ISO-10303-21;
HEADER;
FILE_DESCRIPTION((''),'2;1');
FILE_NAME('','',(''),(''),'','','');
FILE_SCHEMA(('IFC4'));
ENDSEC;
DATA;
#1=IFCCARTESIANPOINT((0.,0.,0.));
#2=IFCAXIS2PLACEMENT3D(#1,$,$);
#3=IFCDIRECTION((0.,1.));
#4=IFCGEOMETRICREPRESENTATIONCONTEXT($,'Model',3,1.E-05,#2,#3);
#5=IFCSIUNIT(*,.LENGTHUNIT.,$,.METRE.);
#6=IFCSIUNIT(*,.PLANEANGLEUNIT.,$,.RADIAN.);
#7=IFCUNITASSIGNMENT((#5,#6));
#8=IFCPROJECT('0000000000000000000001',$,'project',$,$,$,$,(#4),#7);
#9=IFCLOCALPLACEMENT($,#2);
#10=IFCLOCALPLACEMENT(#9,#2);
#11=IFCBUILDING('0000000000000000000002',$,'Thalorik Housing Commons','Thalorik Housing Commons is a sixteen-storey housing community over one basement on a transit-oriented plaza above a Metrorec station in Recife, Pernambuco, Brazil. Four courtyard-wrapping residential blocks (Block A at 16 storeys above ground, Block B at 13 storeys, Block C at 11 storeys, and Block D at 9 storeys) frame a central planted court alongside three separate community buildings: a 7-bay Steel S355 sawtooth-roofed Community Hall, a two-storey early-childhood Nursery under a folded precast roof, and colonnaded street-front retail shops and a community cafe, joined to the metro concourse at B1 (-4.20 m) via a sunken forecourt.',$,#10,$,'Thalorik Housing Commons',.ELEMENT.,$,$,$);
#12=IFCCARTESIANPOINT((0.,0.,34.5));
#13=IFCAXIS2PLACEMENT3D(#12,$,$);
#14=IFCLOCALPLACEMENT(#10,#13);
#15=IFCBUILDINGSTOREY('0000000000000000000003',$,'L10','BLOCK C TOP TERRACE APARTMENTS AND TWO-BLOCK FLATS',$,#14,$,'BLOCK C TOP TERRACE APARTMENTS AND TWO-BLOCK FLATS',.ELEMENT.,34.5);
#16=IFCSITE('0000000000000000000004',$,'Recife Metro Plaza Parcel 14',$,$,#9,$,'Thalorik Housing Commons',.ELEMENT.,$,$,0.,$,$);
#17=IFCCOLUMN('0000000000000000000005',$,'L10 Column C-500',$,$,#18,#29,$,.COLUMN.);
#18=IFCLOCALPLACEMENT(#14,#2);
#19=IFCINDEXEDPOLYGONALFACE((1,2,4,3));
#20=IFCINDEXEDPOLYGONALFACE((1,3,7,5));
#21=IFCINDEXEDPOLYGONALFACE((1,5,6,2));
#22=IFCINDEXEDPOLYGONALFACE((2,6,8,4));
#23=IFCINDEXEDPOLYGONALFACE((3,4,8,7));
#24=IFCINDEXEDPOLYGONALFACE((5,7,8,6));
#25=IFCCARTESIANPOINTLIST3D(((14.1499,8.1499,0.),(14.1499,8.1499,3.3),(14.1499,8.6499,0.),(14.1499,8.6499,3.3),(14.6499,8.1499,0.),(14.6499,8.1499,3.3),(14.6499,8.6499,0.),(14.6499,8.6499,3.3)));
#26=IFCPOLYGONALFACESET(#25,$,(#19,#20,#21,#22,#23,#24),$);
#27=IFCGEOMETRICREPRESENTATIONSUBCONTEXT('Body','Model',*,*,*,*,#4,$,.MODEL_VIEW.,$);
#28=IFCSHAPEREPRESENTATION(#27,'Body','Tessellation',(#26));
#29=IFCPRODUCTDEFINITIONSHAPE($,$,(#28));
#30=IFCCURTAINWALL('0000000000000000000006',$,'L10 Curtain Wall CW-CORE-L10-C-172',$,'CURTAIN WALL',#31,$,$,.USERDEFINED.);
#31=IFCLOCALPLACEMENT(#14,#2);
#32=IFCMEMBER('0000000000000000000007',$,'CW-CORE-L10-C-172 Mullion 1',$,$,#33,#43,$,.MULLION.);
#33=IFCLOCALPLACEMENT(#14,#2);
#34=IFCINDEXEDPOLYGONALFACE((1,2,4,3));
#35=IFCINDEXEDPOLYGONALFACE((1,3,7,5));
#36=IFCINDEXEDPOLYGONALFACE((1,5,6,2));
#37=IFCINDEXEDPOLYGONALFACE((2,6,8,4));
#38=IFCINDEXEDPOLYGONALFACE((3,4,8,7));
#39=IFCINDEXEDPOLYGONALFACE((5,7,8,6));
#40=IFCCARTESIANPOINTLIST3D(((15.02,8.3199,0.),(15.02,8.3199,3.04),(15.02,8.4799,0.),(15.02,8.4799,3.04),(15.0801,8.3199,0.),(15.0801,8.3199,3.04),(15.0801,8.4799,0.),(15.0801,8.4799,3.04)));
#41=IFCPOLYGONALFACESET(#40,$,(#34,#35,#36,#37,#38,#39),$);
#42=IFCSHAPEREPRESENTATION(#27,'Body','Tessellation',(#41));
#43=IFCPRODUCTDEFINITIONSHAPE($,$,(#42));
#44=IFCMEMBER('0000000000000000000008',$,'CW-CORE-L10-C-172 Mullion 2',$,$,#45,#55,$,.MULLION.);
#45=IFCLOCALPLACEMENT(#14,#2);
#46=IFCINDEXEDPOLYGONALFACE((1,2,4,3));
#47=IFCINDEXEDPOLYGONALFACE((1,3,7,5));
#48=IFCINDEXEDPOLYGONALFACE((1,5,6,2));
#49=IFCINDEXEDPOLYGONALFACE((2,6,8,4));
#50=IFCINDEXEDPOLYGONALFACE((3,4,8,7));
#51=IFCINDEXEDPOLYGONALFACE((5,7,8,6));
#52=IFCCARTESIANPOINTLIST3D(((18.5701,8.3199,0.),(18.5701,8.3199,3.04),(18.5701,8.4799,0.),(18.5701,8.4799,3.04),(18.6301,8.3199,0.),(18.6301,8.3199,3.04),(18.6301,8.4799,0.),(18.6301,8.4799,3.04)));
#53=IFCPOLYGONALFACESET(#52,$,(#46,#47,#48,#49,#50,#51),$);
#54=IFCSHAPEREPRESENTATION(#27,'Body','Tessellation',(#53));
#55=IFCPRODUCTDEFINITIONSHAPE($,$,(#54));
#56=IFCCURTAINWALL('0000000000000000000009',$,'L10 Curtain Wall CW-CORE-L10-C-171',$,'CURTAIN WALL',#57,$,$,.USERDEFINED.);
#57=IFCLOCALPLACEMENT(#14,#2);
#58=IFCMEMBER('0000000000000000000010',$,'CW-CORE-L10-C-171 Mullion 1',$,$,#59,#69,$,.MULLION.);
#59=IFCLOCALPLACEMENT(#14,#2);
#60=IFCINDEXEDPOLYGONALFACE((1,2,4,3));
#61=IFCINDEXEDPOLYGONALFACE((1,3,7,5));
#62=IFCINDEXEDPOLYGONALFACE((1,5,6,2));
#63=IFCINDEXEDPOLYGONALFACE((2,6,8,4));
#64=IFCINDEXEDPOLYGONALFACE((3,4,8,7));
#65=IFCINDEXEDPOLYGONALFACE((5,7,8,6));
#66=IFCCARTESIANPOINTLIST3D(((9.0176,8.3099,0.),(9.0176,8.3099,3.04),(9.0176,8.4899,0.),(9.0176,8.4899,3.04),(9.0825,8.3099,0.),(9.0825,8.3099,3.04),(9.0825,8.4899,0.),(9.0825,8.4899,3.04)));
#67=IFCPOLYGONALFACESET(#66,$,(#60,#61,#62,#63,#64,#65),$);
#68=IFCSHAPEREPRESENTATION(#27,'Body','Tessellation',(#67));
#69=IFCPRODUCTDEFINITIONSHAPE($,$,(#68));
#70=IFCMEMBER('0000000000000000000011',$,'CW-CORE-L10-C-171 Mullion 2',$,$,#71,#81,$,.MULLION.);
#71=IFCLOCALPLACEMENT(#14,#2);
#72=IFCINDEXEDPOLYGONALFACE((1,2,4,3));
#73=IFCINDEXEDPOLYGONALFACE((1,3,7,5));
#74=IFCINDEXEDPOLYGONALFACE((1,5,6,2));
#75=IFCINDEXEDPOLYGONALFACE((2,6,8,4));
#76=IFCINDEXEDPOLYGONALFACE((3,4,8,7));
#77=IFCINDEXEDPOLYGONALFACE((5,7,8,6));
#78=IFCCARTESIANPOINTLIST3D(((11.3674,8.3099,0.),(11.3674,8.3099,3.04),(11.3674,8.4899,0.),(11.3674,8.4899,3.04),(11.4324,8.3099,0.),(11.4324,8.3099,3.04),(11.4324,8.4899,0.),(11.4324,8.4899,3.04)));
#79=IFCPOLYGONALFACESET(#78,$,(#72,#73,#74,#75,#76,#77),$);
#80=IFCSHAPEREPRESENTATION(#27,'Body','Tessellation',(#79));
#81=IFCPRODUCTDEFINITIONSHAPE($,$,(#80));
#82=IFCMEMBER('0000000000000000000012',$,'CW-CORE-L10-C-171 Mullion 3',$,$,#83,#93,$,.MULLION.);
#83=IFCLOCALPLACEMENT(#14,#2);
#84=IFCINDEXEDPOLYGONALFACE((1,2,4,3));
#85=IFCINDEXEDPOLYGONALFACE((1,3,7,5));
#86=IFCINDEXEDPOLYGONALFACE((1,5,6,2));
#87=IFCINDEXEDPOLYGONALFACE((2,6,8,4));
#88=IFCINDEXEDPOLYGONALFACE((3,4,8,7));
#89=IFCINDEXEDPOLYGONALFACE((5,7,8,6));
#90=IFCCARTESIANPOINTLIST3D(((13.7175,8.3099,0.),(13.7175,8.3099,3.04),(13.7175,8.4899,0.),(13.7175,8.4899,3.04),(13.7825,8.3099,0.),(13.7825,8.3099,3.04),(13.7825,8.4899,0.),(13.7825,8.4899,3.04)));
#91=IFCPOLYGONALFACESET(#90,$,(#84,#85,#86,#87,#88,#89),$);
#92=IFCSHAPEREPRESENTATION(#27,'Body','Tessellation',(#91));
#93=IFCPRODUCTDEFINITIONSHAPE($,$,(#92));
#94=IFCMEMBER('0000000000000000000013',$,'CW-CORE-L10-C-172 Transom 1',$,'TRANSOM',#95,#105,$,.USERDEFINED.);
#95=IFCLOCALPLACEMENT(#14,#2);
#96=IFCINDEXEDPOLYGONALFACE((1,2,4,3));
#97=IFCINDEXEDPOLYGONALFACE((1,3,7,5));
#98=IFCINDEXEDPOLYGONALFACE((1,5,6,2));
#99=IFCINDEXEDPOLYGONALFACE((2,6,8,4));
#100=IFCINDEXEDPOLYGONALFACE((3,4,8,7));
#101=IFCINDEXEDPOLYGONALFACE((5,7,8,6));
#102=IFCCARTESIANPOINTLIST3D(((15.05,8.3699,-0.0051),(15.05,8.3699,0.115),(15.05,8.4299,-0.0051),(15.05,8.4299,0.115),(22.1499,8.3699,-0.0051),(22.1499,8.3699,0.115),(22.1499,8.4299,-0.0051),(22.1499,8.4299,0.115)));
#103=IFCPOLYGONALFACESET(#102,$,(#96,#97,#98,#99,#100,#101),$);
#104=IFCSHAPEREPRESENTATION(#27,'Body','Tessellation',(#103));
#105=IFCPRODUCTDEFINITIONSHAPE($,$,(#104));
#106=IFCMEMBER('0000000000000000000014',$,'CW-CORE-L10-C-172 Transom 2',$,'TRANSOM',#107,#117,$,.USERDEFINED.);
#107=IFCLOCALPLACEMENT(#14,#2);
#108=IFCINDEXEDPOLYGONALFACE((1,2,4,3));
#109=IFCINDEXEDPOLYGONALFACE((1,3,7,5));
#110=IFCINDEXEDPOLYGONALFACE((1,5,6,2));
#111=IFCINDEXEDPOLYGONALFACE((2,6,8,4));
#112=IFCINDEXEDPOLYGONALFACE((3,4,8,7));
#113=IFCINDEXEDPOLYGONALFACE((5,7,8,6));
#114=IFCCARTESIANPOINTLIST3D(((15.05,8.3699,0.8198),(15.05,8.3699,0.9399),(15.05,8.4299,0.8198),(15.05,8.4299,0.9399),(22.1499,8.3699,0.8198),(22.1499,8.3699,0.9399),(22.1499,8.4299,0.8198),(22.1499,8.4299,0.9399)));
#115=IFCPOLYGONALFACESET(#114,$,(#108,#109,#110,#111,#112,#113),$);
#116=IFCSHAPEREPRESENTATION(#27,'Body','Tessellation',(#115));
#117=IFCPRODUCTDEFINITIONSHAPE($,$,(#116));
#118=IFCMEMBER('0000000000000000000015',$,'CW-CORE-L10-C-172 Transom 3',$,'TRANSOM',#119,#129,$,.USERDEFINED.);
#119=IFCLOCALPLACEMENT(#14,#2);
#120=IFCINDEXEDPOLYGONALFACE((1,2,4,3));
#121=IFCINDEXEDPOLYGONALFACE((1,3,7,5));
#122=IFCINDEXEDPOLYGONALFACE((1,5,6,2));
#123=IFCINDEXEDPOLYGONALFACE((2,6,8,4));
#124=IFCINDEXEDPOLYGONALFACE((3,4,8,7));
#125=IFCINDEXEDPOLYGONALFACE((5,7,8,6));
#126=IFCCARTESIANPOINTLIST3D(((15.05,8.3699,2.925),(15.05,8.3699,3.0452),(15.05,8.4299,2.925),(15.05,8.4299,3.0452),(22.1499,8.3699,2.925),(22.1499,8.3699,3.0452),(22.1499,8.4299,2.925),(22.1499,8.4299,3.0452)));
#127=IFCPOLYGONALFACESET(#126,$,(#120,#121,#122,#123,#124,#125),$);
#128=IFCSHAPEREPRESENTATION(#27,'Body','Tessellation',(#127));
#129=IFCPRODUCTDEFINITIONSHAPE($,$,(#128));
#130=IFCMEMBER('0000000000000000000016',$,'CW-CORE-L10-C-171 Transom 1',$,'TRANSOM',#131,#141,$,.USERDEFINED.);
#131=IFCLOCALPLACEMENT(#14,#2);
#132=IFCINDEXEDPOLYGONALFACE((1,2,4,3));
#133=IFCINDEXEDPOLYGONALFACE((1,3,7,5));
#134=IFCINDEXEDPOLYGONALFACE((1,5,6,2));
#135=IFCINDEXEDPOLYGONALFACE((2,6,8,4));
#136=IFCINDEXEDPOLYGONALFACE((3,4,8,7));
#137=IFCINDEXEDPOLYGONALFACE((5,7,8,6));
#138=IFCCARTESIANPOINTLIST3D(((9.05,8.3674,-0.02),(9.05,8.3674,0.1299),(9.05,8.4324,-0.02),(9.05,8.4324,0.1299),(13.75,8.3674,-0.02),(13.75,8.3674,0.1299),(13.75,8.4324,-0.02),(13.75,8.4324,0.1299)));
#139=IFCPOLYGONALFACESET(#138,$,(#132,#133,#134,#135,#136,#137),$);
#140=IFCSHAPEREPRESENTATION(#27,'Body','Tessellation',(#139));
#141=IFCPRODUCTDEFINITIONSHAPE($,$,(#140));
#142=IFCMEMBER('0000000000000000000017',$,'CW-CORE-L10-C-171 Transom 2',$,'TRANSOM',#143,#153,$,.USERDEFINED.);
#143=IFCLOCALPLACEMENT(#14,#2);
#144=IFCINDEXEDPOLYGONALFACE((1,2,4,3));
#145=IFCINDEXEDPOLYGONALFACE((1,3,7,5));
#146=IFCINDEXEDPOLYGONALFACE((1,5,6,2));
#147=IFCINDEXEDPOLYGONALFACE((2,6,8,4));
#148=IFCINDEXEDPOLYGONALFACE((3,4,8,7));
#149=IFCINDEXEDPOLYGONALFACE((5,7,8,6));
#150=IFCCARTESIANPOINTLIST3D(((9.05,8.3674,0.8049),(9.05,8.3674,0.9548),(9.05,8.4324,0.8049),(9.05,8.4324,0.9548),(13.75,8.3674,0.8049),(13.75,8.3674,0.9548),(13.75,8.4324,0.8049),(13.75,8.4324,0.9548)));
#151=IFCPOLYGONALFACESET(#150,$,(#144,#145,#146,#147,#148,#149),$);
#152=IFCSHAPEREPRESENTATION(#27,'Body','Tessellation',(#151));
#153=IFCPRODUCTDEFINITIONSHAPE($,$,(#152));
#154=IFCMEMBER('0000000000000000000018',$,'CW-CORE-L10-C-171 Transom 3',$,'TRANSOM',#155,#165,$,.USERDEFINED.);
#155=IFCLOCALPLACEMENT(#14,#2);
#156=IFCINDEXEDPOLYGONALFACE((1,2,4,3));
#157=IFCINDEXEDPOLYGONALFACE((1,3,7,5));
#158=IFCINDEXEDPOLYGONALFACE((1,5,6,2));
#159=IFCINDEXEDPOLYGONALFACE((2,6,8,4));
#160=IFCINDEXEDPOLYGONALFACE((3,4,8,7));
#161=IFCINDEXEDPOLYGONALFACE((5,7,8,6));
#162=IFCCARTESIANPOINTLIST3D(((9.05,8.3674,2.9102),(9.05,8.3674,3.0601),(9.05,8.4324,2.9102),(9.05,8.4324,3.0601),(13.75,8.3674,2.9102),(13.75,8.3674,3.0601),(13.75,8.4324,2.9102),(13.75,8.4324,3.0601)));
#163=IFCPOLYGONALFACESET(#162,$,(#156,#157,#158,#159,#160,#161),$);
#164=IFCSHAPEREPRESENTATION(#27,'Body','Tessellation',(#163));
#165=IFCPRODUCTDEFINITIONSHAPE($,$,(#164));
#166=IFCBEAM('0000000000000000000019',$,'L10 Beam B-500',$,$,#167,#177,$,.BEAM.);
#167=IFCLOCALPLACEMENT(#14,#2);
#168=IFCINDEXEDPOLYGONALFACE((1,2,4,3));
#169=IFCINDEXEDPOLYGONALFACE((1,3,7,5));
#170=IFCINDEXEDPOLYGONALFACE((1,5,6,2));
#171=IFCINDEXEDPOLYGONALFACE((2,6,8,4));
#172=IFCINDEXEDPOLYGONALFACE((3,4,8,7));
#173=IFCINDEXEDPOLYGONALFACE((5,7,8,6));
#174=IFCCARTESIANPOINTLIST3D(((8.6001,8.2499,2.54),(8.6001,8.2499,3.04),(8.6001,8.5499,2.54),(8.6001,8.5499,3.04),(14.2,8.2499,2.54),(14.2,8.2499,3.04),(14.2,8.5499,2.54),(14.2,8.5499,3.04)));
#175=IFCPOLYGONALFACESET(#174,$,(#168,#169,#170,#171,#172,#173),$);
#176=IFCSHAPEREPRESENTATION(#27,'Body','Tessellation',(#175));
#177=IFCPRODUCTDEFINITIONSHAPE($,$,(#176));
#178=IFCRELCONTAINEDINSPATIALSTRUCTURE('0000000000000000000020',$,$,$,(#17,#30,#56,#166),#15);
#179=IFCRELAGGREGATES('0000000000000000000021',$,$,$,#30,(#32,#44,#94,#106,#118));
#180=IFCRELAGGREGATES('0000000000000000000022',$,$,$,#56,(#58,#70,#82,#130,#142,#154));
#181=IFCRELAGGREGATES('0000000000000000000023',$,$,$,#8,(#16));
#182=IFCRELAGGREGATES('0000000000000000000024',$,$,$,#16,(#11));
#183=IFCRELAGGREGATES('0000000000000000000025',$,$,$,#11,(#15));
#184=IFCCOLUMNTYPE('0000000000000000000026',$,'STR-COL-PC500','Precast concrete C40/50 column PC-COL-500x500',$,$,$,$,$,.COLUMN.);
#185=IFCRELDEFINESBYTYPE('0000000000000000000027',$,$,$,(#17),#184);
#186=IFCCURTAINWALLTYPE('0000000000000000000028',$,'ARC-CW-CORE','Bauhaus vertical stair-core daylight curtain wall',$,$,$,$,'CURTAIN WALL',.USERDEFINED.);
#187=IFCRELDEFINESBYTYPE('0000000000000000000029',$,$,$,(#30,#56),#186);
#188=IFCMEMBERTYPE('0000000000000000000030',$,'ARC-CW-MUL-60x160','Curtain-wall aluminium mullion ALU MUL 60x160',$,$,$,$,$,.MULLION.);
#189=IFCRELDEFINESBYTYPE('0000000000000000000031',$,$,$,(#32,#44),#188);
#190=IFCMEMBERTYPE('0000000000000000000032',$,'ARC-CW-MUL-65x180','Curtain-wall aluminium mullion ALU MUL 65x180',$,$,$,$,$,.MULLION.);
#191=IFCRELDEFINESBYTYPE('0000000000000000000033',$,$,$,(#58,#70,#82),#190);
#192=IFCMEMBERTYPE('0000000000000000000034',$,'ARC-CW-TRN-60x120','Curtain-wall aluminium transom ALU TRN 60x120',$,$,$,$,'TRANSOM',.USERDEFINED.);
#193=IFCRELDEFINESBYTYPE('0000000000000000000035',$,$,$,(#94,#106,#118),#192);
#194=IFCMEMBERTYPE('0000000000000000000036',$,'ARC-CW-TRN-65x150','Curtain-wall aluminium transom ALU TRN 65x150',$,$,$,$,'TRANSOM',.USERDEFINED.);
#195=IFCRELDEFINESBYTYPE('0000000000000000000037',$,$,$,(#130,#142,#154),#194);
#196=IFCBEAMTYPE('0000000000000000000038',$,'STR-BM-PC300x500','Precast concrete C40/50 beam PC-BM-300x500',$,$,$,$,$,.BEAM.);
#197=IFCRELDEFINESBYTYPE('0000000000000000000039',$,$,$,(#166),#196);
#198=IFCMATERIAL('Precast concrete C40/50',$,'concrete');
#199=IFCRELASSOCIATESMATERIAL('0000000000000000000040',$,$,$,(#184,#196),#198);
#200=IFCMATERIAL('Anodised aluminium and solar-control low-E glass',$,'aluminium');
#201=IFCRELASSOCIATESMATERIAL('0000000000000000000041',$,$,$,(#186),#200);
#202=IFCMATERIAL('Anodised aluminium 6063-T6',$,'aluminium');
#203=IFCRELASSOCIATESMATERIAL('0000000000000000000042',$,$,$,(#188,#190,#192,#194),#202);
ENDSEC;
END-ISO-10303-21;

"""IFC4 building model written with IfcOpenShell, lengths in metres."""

from ifc_helpers import new_model, si_unit, direction, frame, origin, origin_2d, place, context, subcontext, project, spatial, rectangle, extrude, material, material_profile, profile_set, type_object, element, aggregate, save


model = new_model("IFC4")

# Units and contexts
model_context = context("Model", 3, precision=1e-05, world=origin(), true_north=direction((0.0, 1.0)))
body_context = subcontext(model_context, "Body", "Model", "MODEL_VIEW")
ifc_project = project(units=[si_unit("LENGTHUNIT", "METRE"), si_unit("PLANEANGLEUNIT", "RADIAN")], contexts=[model_context])

# Site, building, storey
site_placement = place(None, origin())
site = spatial("IfcSite", under=ifc_project, at=site_placement, Name="Recife Metro Plaza Parcel 14", LongName="Thalorik Housing Commons", CompositionType="ELEMENT", RefElevation=0.0)
building_placement = place(site_placement, origin())
building = spatial("IfcBuilding", under=site, at=building_placement, Name="Thalorik Housing Commons", Description="Thalorik Housing Commons is a sixteen-storey housing community over one basement on a transit-oriented plaza above a Metrorec station in Recife, Pernambuco, Brazil. Four courtyard-wrapping residential blocks (Block A at 16 storeys above ground, Block B at 13 storeys, Block C at 11 storeys, and Block D at 9 storeys) frame a central planted court alongside three separate community buildings: a 7-bay Steel S355 sawtooth-roofed Community Hall, a two-storey early-childhood Nursery under a folded precast roof, and colonnaded street-front retail shops and a community cafe, joined to the metro concourse at B1 (-4.20 m) via a sunken forecourt.", LongName="Thalorik Housing Commons", CompositionType="ELEMENT")
storey_placement = place(building_placement, frame((0.0, 0.0, 34.5)))
storey = spatial("IfcBuildingStorey", under=building, at=storey_placement, Name="L10", Description="BLOCK C TOP TERRACE APARTMENTS AND TWO-BLOCK FLATS", LongName="BLOCK C TOP TERRACE APARTMENTS AND TWO-BLOCK FLATS", CompositionType="ELEMENT", Elevation=34.5)

# Column
ifc_material_1 = material(Name="Precast concrete C40/50", Category="concrete")
ifc_material_profile_1 = material_profile(ifc_material_1, rectangle(XDim=0.5, YDim=0.5, at=origin_2d()), Name="PC 500x500", Category="concrete")
ifc_profile_set_1 = profile_set([ifc_material_profile_1], Name="Precast concrete C40/50")
column_type = type_object("IfcColumnType", Name="STR-COL-PC500", Description="Precast concrete C40/50 column PC-COL-500x500", PredefinedType="COLUMN", material=ifc_profile_set_1)
column_placement = place(storey_placement, frame((14.3999, 8.3999, 0.0), z_axis=(0.0, 0.0, 1.0), x_axis=(1.0, 0.0, 0.0)))
element("IfcColumn", 1, at=column_placement, inside=storey, type_object=column_type, Name="L10 Column C-500", PredefinedType="COLUMN", context=body_context, shape_type="SweptSolid", body=[
    extrude(rectangle(XDim=0.5, YDim=0.5, at=origin_2d()), origin(), (0.0, 0.0, 1.0), 3.3),
])

# Curtain walls, members
ifc_material_2 = material(Name="Anodised aluminium and solar-control low-E glass", Category="aluminium")
curtain_wall_type = type_object("IfcCurtainWallType", Name="ARC-CW-CORE", Description="Bauhaus vertical stair-core daylight curtain wall", ElementType="CURTAIN WALL", PredefinedType="USERDEFINED", material=ifc_material_2)
curtain_wall_1_placement = place(storey_placement, origin())
curtain_wall_1 = element("IfcCurtainWall", 2, at=curtain_wall_1_placement, inside=storey, type_object=curtain_wall_type, Name="L10 Curtain Wall CW-CORE-L10-C-172", ObjectType="CURTAIN WALL", PredefinedType="USERDEFINED")
ifc_material_3 = material(Name="Anodised aluminium 6063-T6", Category="aluminium")
ifc_material_profile_2 = material_profile(ifc_material_3, rectangle(XDim=0.0601, YDim=0.1599, at=origin_2d()), Name="ALU MUL 60x160", Category="aluminium")
ifc_profile_set_2 = profile_set([ifc_material_profile_2], Name="Anodised aluminium 6063-T6")
member_type_1 = type_object("IfcMemberType", Name="ARC-CW-MUL-60x160", Description="Curtain-wall aluminium mullion ALU MUL 60x160", PredefinedType="MULLION", material=ifc_profile_set_2)
member_1_placement = place(storey_placement, frame((15.05, 8.3999, 0.0), z_axis=(0.0, 0.0, 1.0), x_axis=(1.0, 0.0, 0.0)))
member_1 = element("IfcMember", 3, at=member_1_placement, type_object=member_type_1, Name="CW-CORE-L10-C-172 Mullion 1", PredefinedType="MULLION", context=body_context, shape_type="SweptSolid", body=[
    extrude(rectangle(XDim=0.0601, YDim=0.1599, at=origin_2d()), origin(), (0.0, 0.0, 1.0), 3.04),
])
member_2_placement = place(storey_placement, frame((18.6001, 8.3999, 0.0), z_axis=(0.0, 0.0, 1.0), x_axis=(1.0, 0.0, 0.0)))
member_2 = element("IfcMember", 4, at=member_2_placement, type_object=member_type_1, Name="CW-CORE-L10-C-172 Mullion 2", PredefinedType="MULLION", context=body_context, shape_type="SweptSolid", body=[
    extrude(rectangle(XDim=0.0601, YDim=0.1599, at=origin_2d()), origin(), (0.0, 0.0, 1.0), 3.04),
])
curtain_wall_2_placement = place(storey_placement, origin())
curtain_wall_2 = element("IfcCurtainWall", 5, at=curtain_wall_2_placement, inside=storey, type_object=curtain_wall_type, Name="L10 Curtain Wall CW-CORE-L10-C-171", ObjectType="CURTAIN WALL", PredefinedType="USERDEFINED")
ifc_material_profile_3 = material_profile(ifc_material_3, rectangle(XDim=0.0649, YDim=0.1799, at=origin_2d()), Name="ALU MUL 65x180", Category="aluminium")
ifc_profile_set_3 = profile_set([ifc_material_profile_3], Name="Anodised aluminium 6063-T6")
member_type_2 = type_object("IfcMemberType", Name="ARC-CW-MUL-65x180", Description="Curtain-wall aluminium mullion ALU MUL 65x180", PredefinedType="MULLION", material=ifc_profile_set_3)
member_3_placement = place(storey_placement, frame((9.05, 8.3999, 0.0), z_axis=(0.0, 0.0, 1.0), x_axis=(1.0, 0.0, 0.0)))
member_3 = element("IfcMember", 6, at=member_3_placement, type_object=member_type_2, Name="CW-CORE-L10-C-171 Mullion 1", PredefinedType="MULLION", context=body_context, shape_type="SweptSolid", body=[
    extrude(rectangle(XDim=0.0649, YDim=0.1799, at=origin_2d()), origin(), (0.0, 0.0, 1.0), 3.04),
])
member_4_placement = place(storey_placement, frame((11.3999, 8.3999, 0.0), z_axis=(0.0, 0.0, 1.0), x_axis=(1.0, 0.0, 0.0)))
member_4 = element("IfcMember", 7, at=member_4_placement, type_object=member_type_2, Name="CW-CORE-L10-C-171 Mullion 2", PredefinedType="MULLION", context=body_context, shape_type="SweptSolid", body=[
    extrude(rectangle(XDim=0.0649, YDim=0.1799, at=origin_2d()), origin(), (0.0, 0.0, 1.0), 3.04),
])
member_5_placement = place(storey_placement, frame((13.75, 8.3999, 0.0), z_axis=(0.0, 0.0, 1.0), x_axis=(1.0, 0.0, 0.0)))
member_5 = element("IfcMember", 8, at=member_5_placement, type_object=member_type_2, Name="CW-CORE-L10-C-171 Mullion 3", PredefinedType="MULLION", context=body_context, shape_type="SweptSolid", body=[
    extrude(rectangle(XDim=0.0649, YDim=0.1799, at=origin_2d()), origin(), (0.0, 0.0, 1.0), 3.04),
])

# Members
ifc_material_profile_4 = material_profile(ifc_material_3, rectangle(XDim=0.0601, YDim=0.1201, at=origin_2d()), Name="ALU TRN 60x120", Category="aluminium")
ifc_profile_set_4 = profile_set([ifc_material_profile_4], Name="Anodised aluminium 6063-T6")
member_type_3 = type_object("IfcMemberType", Name="ARC-CW-TRN-60x120", Description="Curtain-wall aluminium transom ALU TRN 60x120", ElementType="TRANSOM", PredefinedType="USERDEFINED", material=ifc_profile_set_4)
member_6_placement = place(storey_placement, frame((15.05, 8.3999, 0.0549), z_axis=(1.0, 0.0, 0.0), x_axis=(0.0, 1.0, 0.0)))
member_6 = element("IfcMember", 9, at=member_6_placement, type_object=member_type_3, Name="CW-CORE-L10-C-172 Transom 1", ObjectType="TRANSOM", PredefinedType="USERDEFINED", context=body_context, shape_type="SweptSolid", body=[
    extrude(rectangle(XDim=0.0601, YDim=0.1201, at=origin_2d()), origin(), (0.0, 0.0, 1.0), 7.0999),
])
member_7_placement = place(storey_placement, frame((15.05, 8.3999, 0.8799), z_axis=(1.0, 0.0, 0.0), x_axis=(0.0, 1.0, 0.0)))
member_7 = element("IfcMember", 10, at=member_7_placement, type_object=member_type_3, Name="CW-CORE-L10-C-172 Transom 2", ObjectType="TRANSOM", PredefinedType="USERDEFINED", context=body_context, shape_type="SweptSolid", body=[
    extrude(rectangle(XDim=0.0601, YDim=0.1201, at=origin_2d()), origin(), (0.0, 0.0, 1.0), 7.0999),
])
member_8_placement = place(storey_placement, frame((15.05, 8.3999, 2.9851), z_axis=(1.0, 0.0, 0.0), x_axis=(0.0, 1.0, 0.0)))
member_8 = element("IfcMember", 11, at=member_8_placement, type_object=member_type_3, Name="CW-CORE-L10-C-172 Transom 3", ObjectType="TRANSOM", PredefinedType="USERDEFINED", context=body_context, shape_type="SweptSolid", body=[
    extrude(rectangle(XDim=0.0601, YDim=0.1201, at=origin_2d()), origin(), (0.0, 0.0, 1.0), 7.0999),
])
ifc_material_profile_5 = material_profile(ifc_material_3, rectangle(XDim=0.0649, YDim=0.1499, at=origin_2d()), Name="ALU TRN 65x150", Category="aluminium")
ifc_profile_set_5 = profile_set([ifc_material_profile_5], Name="Anodised aluminium 6063-T6")
member_type_4 = type_object("IfcMemberType", Name="ARC-CW-TRN-65x150", Description="Curtain-wall aluminium transom ALU TRN 65x150", ElementType="TRANSOM", PredefinedType="USERDEFINED", material=ifc_profile_set_5)
member_9_placement = place(storey_placement, frame((9.05, 8.3999, 0.0549), z_axis=(1.0, 0.0, 0.0), x_axis=(0.0, 1.0, 0.0)))
member_9 = element("IfcMember", 12, at=member_9_placement, type_object=member_type_4, Name="CW-CORE-L10-C-171 Transom 1", ObjectType="TRANSOM", PredefinedType="USERDEFINED", context=body_context, shape_type="SweptSolid", body=[
    extrude(rectangle(XDim=0.0649, YDim=0.1499, at=origin_2d()), origin(), (0.0, 0.0, 1.0), 4.7),
])
member_10_placement = place(storey_placement, frame((9.05, 8.3999, 0.8799), z_axis=(1.0, 0.0, 0.0), x_axis=(0.0, 1.0, 0.0)))
member_10 = element("IfcMember", 13, at=member_10_placement, type_object=member_type_4, Name="CW-CORE-L10-C-171 Transom 2", ObjectType="TRANSOM", PredefinedType="USERDEFINED", context=body_context, shape_type="SweptSolid", body=[
    extrude(rectangle(XDim=0.0649, YDim=0.1499, at=origin_2d()), origin(), (0.0, 0.0, 1.0), 4.7),
])
member_11_placement = place(storey_placement, frame((9.05, 8.3999, 2.9851), z_axis=(1.0, 0.0, 0.0), x_axis=(0.0, 1.0, 0.0)))
member_11 = element("IfcMember", 14, at=member_11_placement, type_object=member_type_4, Name="CW-CORE-L10-C-171 Transom 3", ObjectType="TRANSOM", PredefinedType="USERDEFINED", context=body_context, shape_type="SweptSolid", body=[
    extrude(rectangle(XDim=0.0649, YDim=0.1499, at=origin_2d()), origin(), (0.0, 0.0, 1.0), 4.7),
])

# Beam
ifc_material_profile_6 = material_profile(ifc_material_1, rectangle(XDim=0.3, YDim=0.5, at=origin_2d()), Name="PC 300x500", Category="concrete")
ifc_profile_set_6 = profile_set([ifc_material_profile_6], Name="Precast concrete C40/50")
beam_type_1 = type_object("IfcBeamType", Name="STR-BM-PC300x500", Description="Precast concrete C40/50 beam PC-BM-300x500", PredefinedType="BEAM", material=ifc_profile_set_6)
beam_1_placement = place(storey_placement, frame((8.6001, 8.3999, 2.79), z_axis=(1.0, 0.0, 0.0), x_axis=(0.0, 1.0, 0.0)))
element("IfcBeam", 15, at=beam_1_placement, inside=storey, type_object=beam_type_1, Name="L10 Beam B-500", PredefinedType="BEAM", context=body_context, shape_type="SweptSolid", body=[
    extrude(rectangle(XDim=0.3, YDim=0.5, at=origin_2d()), origin(), (0.0, 0.0, 1.0), 5.5999),
])

aggregate(curtain_wall_1, [member_1, member_2, member_6, member_7, member_8])
aggregate(curtain_wall_2, [member_3, member_4, member_5, member_9, member_10, member_11])

save(model, "model.ifc")
